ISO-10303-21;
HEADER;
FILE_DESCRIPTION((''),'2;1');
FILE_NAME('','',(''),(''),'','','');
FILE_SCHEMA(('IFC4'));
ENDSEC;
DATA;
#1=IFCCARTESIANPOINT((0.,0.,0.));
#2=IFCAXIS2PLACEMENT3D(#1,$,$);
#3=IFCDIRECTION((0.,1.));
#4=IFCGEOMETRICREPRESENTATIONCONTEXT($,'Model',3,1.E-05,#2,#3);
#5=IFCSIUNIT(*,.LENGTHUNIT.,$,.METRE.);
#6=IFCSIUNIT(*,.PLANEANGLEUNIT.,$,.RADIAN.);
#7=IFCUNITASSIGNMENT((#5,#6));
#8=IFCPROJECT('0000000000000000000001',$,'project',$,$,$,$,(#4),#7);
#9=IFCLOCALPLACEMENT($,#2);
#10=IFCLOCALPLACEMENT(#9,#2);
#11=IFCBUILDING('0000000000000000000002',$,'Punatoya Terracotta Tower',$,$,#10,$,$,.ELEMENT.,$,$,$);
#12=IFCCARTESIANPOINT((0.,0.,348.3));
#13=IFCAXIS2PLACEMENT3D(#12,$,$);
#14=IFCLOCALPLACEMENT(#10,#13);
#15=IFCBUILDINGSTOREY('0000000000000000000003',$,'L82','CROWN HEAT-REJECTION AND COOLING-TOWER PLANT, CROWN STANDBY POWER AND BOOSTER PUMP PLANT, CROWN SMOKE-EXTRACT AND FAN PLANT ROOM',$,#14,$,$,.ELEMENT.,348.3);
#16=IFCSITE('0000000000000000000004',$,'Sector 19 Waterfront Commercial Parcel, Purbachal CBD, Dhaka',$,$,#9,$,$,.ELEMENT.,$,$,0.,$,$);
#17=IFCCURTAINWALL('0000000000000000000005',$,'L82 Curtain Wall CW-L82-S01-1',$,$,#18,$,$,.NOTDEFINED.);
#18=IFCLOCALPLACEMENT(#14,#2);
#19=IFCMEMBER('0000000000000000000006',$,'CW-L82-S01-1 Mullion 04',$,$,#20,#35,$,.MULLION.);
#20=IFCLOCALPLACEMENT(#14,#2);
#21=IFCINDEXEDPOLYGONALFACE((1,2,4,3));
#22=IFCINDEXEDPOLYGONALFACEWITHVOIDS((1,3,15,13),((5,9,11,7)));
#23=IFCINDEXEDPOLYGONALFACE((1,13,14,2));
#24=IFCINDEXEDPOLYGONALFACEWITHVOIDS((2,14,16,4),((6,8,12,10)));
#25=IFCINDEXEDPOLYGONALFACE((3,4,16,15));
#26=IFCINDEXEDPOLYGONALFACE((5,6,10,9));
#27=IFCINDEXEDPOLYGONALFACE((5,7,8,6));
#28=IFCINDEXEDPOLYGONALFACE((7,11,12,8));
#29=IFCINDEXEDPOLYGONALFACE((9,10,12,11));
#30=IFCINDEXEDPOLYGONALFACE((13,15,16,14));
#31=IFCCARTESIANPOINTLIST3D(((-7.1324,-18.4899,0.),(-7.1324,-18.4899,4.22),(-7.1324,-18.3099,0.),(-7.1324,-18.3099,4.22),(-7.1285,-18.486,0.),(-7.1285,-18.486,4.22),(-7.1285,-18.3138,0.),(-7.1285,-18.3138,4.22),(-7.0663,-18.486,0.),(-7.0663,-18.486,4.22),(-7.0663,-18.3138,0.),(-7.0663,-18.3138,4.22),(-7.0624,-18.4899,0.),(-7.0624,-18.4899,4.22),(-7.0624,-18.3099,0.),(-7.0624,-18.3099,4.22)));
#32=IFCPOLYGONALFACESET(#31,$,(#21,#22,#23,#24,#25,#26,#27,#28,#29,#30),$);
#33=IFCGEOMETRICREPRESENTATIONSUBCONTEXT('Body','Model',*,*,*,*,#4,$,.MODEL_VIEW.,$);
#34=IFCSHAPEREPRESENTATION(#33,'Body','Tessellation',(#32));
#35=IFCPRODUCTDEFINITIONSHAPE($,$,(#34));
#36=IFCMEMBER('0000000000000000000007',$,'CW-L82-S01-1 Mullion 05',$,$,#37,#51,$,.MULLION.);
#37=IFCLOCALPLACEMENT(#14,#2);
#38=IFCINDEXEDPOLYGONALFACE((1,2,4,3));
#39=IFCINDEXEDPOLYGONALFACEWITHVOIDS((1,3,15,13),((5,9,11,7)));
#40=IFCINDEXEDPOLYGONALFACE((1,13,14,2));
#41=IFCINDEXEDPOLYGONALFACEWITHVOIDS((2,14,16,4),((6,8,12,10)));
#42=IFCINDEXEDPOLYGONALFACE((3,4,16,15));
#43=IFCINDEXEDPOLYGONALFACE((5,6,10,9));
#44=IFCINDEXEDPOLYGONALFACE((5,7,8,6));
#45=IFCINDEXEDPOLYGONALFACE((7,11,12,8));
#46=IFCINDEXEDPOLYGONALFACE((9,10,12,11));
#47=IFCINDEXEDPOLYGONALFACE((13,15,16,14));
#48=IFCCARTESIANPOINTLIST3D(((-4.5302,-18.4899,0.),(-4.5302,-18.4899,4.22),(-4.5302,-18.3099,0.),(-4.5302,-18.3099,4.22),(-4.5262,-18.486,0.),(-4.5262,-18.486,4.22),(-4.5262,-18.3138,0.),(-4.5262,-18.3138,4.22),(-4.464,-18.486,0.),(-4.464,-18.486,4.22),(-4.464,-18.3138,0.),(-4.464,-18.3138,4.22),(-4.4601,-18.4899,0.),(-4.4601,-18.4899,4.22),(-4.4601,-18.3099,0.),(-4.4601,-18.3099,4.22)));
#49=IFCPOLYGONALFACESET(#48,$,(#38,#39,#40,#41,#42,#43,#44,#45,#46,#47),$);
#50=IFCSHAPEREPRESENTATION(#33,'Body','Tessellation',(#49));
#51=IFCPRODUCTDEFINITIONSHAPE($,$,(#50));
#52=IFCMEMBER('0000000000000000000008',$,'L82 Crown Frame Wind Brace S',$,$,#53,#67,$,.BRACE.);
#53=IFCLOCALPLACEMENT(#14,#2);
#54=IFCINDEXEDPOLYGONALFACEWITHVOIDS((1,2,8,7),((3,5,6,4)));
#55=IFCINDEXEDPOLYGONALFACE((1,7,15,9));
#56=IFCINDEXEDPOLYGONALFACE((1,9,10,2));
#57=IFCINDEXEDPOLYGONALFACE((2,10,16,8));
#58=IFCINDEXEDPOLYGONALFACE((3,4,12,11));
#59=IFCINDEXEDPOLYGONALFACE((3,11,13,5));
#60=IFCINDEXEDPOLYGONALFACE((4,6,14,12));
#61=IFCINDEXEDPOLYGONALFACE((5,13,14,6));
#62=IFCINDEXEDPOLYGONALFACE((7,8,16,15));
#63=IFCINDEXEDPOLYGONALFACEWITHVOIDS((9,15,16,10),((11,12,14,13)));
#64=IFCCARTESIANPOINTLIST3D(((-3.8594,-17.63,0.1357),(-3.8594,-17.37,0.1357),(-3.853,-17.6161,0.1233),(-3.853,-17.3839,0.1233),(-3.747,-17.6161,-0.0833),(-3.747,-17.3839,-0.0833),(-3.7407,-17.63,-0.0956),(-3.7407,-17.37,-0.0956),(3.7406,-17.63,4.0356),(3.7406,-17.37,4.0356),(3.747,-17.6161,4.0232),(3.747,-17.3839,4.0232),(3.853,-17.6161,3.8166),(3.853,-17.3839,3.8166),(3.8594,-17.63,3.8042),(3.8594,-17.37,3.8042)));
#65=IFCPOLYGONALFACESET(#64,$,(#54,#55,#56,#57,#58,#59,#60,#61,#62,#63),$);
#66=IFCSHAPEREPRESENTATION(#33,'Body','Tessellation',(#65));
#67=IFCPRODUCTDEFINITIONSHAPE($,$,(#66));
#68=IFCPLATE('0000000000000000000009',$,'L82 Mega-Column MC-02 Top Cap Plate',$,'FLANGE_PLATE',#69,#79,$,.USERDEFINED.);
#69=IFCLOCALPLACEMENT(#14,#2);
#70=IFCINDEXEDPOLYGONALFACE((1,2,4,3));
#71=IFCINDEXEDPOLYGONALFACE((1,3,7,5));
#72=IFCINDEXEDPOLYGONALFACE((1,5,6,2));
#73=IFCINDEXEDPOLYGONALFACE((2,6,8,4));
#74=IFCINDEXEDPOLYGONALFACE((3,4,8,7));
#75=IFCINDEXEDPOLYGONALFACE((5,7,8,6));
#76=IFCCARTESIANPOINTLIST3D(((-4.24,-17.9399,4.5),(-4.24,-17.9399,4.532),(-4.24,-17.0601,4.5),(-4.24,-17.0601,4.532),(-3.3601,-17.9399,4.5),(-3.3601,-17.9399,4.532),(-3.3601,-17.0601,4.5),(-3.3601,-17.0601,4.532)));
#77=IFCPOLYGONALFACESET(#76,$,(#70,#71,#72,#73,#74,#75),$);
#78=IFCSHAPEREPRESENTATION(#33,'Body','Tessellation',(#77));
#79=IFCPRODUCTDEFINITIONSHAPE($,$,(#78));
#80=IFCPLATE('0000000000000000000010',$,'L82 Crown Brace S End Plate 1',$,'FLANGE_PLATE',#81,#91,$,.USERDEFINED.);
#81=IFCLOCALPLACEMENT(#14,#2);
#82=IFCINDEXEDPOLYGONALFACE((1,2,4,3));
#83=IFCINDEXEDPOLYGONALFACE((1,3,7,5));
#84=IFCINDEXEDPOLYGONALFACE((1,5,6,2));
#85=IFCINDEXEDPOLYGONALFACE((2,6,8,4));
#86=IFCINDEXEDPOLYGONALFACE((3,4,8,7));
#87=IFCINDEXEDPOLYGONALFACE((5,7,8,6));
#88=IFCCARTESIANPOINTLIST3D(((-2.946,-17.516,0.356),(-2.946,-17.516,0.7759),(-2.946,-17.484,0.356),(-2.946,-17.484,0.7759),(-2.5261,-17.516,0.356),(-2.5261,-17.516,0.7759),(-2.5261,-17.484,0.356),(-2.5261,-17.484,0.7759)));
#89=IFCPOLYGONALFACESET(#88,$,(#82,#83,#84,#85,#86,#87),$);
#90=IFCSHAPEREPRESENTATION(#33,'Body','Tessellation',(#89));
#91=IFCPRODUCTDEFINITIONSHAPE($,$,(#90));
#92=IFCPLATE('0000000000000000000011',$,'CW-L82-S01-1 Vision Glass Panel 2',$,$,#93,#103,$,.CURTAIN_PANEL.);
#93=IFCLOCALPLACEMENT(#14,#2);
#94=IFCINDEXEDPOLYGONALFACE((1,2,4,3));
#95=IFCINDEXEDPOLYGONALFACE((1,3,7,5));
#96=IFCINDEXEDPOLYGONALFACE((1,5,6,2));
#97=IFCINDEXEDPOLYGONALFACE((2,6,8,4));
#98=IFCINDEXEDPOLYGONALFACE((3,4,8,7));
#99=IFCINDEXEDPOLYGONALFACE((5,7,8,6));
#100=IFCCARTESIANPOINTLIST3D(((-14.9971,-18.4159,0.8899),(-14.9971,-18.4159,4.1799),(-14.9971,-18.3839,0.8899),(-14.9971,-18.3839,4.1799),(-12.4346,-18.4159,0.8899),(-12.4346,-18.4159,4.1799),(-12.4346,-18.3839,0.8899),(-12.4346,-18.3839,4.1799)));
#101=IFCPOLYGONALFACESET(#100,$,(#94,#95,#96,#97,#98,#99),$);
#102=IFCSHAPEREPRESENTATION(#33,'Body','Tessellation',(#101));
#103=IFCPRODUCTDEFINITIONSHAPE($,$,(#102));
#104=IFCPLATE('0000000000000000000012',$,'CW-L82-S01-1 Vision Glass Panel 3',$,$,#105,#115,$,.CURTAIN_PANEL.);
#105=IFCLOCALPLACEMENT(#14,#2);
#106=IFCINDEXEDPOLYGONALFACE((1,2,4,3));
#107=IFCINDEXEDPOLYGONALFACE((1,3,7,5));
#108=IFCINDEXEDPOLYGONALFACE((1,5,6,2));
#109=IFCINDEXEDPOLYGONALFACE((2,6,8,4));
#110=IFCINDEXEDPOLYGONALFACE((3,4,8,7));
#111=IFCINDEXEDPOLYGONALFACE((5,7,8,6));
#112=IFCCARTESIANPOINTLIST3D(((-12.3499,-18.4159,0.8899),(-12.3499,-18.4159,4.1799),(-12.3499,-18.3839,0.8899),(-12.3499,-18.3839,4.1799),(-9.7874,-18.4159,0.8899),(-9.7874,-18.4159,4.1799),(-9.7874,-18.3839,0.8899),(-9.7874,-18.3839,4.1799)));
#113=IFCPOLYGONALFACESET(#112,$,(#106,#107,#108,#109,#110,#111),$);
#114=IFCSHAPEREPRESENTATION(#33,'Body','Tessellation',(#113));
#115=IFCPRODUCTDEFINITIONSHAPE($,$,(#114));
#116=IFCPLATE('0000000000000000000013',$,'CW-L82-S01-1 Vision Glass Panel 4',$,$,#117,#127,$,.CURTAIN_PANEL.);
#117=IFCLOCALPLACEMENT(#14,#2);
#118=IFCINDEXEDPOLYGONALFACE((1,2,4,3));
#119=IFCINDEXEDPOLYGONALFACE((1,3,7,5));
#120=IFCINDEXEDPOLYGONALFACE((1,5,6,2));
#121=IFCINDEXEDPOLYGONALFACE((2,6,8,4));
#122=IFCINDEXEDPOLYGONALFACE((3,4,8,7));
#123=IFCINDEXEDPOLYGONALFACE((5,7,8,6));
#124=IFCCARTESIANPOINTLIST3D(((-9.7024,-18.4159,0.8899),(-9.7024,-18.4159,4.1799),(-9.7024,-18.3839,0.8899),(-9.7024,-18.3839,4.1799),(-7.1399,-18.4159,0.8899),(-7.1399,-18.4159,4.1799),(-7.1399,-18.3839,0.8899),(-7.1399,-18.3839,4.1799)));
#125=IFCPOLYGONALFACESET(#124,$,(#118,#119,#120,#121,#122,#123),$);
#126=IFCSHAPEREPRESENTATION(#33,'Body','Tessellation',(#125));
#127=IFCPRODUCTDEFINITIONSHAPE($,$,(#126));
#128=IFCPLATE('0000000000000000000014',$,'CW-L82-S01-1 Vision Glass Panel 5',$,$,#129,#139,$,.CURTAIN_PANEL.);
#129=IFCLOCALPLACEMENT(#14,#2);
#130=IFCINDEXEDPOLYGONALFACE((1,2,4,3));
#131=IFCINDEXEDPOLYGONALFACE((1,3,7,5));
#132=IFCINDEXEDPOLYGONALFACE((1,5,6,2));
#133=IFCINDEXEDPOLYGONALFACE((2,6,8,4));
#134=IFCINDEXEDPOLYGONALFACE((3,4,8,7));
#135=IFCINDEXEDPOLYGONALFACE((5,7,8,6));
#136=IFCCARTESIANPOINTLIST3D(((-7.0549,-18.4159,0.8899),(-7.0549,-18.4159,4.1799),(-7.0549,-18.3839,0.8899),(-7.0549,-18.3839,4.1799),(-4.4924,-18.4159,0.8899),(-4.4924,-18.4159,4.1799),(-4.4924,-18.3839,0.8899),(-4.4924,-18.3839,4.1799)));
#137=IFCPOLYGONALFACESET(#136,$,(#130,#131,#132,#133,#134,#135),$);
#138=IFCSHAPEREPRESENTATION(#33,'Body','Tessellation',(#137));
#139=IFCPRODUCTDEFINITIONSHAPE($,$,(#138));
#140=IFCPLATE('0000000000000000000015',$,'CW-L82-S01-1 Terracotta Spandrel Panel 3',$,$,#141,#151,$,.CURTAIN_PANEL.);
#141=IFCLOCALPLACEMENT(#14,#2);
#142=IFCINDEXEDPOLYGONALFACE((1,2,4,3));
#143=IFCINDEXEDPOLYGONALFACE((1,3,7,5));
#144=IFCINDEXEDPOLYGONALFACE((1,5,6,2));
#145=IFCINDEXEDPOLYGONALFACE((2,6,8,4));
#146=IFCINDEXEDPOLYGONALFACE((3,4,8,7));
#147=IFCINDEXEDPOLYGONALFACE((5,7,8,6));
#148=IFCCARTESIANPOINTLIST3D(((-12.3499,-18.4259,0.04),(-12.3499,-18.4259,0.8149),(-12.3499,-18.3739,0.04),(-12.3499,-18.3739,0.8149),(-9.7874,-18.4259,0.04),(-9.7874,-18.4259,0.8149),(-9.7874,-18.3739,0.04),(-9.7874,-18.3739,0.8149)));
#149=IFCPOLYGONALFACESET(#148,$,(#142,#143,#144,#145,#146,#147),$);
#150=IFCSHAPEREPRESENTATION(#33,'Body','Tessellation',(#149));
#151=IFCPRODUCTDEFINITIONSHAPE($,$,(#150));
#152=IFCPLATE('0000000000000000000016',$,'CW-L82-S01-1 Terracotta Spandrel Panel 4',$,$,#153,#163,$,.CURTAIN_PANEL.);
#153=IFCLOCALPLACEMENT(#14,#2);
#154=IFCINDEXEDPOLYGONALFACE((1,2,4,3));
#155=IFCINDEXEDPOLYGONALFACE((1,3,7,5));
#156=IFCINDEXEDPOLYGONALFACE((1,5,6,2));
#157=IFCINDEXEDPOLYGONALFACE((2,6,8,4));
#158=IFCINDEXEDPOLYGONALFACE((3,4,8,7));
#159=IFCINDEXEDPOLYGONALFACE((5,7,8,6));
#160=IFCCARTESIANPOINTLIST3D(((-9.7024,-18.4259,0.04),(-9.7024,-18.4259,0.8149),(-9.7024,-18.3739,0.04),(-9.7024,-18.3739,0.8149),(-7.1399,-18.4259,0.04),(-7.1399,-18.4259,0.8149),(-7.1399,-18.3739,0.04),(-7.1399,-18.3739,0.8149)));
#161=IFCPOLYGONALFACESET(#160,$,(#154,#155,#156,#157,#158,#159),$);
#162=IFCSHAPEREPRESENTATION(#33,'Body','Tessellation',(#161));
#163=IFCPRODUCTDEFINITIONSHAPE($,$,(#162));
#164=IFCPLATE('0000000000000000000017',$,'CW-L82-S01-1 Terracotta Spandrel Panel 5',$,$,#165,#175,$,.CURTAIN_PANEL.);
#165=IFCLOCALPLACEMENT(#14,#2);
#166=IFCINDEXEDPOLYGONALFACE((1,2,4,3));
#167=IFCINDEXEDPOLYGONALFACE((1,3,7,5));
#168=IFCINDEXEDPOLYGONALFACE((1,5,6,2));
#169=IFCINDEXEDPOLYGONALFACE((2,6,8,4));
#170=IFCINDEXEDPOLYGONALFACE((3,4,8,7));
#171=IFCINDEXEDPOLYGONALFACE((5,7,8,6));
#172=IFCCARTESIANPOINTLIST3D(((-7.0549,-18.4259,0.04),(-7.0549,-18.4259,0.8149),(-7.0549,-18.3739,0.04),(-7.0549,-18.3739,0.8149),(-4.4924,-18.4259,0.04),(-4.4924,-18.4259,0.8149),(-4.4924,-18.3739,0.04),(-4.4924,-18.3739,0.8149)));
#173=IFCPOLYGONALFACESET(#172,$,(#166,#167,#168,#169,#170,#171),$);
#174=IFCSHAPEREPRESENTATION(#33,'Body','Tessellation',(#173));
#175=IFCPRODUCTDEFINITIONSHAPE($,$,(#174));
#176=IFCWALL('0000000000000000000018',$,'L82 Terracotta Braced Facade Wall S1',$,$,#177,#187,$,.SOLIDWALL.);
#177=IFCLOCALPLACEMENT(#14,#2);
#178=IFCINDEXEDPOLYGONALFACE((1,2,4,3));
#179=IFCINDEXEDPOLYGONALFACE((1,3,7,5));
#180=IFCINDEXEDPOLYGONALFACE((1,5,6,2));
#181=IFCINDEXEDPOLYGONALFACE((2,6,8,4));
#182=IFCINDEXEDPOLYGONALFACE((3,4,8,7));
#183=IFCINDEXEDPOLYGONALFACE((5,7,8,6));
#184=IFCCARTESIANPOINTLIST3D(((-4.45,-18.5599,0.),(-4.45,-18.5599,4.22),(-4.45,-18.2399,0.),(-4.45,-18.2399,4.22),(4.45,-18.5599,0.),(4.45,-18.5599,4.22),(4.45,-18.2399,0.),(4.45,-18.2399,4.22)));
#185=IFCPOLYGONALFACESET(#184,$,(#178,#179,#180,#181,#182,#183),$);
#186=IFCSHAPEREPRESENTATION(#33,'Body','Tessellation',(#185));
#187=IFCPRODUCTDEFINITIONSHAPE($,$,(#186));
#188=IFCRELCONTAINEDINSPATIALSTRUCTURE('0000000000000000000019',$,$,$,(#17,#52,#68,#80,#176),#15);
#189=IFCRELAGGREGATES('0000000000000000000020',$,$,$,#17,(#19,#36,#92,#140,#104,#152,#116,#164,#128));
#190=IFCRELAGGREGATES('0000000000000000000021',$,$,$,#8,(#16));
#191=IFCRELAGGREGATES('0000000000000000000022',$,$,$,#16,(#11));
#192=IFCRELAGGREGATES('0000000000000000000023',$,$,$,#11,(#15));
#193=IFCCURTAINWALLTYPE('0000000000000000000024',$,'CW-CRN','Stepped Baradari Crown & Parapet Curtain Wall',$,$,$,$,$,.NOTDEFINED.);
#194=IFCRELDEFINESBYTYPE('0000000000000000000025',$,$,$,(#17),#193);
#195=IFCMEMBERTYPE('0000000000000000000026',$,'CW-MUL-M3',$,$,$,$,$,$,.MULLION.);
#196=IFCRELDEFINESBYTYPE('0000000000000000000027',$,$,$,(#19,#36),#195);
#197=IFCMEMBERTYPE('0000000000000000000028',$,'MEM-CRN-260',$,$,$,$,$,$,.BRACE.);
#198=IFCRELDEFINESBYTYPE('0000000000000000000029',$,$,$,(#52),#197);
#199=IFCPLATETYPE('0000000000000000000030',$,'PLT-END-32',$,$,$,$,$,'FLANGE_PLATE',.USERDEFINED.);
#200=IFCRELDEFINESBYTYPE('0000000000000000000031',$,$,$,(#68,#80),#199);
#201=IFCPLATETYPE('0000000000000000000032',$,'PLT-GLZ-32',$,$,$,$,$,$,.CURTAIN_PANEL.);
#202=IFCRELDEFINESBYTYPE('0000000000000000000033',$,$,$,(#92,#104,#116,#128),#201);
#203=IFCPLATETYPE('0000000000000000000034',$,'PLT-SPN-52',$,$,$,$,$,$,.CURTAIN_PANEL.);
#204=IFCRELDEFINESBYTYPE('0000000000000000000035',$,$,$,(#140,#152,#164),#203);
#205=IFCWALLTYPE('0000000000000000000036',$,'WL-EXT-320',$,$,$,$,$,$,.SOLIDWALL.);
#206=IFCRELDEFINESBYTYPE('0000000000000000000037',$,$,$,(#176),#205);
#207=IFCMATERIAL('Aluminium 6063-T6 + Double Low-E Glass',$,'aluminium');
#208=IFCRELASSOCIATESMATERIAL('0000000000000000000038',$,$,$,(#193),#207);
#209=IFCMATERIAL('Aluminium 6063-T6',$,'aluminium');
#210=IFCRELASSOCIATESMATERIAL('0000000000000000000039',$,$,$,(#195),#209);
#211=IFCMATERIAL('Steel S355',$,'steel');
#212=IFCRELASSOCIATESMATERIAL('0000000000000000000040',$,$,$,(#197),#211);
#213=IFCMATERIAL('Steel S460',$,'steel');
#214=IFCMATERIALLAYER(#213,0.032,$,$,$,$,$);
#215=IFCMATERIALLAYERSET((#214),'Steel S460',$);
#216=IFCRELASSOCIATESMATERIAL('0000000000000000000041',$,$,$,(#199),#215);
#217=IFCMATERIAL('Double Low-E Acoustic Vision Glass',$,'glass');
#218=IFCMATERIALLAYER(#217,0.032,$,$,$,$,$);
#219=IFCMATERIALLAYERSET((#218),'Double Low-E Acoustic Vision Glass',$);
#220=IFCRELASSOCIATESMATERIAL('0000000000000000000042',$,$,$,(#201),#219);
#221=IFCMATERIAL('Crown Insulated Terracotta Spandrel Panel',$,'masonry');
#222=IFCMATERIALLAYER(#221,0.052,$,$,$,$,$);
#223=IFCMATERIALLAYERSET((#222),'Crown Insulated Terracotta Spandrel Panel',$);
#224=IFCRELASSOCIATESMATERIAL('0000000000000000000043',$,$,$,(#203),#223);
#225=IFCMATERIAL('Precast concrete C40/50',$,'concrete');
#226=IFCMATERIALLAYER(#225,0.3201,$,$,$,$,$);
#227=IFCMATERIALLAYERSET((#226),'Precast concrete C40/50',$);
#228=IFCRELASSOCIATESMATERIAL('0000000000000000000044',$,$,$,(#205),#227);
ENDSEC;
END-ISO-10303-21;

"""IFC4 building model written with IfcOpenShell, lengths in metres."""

from ifc_helpers import new_model, si_unit, direction, frame, frame_2d, origin, origin_2d, place, context, subcontext, project, spatial, rectangle, hollow_rectangle, extrude, material, layer, layer_set, material_profile, profile_set, type_object, element, aggregate, save


model = new_model("IFC4")

# Units and contexts
model_context = context("Model", 3, precision=1e-05, world=origin(), true_north=direction((0.0, 1.0)))
body_context = subcontext(model_context, "Body", "Model", "MODEL_VIEW")
ifc_project = project(units=[si_unit("LENGTHUNIT", "METRE"), si_unit("PLANEANGLEUNIT", "RADIAN")], contexts=[model_context])

# Site, building, storey
site_placement = place(None, origin())
site = spatial("IfcSite", under=ifc_project, at=site_placement, Name="Sector 19 Waterfront Commercial Parcel, Purbachal CBD, Dhaka", CompositionType="ELEMENT", RefElevation=0.0)
building_placement = place(site_placement, origin())
building = spatial("IfcBuilding", under=site, at=building_placement, Name="Punatoya Terracotta Tower", CompositionType="ELEMENT")
storey_placement = place(building_placement, frame((0.0, 0.0, 348.3)))
storey = spatial("IfcBuildingStorey", under=building, at=storey_placement, Name="L82", Description="CROWN HEAT-REJECTION AND COOLING-TOWER PLANT, CROWN STANDBY POWER AND BOOSTER PUMP PLANT, CROWN SMOKE-EXTRACT AND FAN PLANT ROOM", CompositionType="ELEMENT", Elevation=348.3)

# Shared definitions
ifc_material_1 = material(Name="Steel S460", Category="steel")

# Curtain wall, members
ifc_material_2 = material(Name="Aluminium 6063-T6 + Double Low-E Glass", Category="aluminium")
curtain_wall_type = type_object("IfcCurtainWallType", Name="CW-CRN", Description="Stepped Baradari Crown & Parapet Curtain Wall", PredefinedType="NOTDEFINED", material=ifc_material_2)
curtain_wall_placement = place(storey_placement, origin())
curtain_wall = element("IfcCurtainWall", 1, at=curtain_wall_placement, inside=storey, type_object=curtain_wall_type, Name="L82 Curtain Wall CW-L82-S01-1", PredefinedType="NOTDEFINED")
ifc_material_3 = material(Name="Aluminium 6063-T6", Category="aluminium")
ifc_material_profile_1 = material_profile(ifc_material_3, hollow_rectangle(XDim=0.0701, YDim=0.1799, WallThickness=0.0039, at=origin_2d()))
ifc_profile_set_1 = profile_set([ifc_material_profile_1], Name="Aluminium 6063-T6")
member_type_1 = type_object("IfcMemberType", Name="CW-MUL-M3", PredefinedType="MULLION", material=ifc_profile_set_1)
member_1_placement = place(storey_placement, frame((-7.0974, -18.3999, 0.0), z_axis=(0.0, 0.0, 1.0), x_axis=(1.0, 0.0, 0.0)))
member_1 = element("IfcMember", 2, at=member_1_placement, type_object=member_type_1, Name="CW-L82-S01-1 Mullion 04", PredefinedType="MULLION", context=body_context, shape_type="SweptSolid", body=[
    extrude(hollow_rectangle(XDim=0.0701, YDim=0.1799, WallThickness=0.0039, at=origin_2d()), origin(), (0.0, 0.0, 1.0), 4.22),
])
member_2_placement = place(storey_placement, frame((-4.4951, -18.3999, 0.0), z_axis=(0.0, 0.0, 1.0), x_axis=(1.0, 0.0, 0.0)))
member_2 = element("IfcMember", 3, at=member_2_placement, type_object=member_type_1, Name="CW-L82-S01-1 Mullion 05", PredefinedType="MULLION", context=body_context, shape_type="SweptSolid", body=[
    extrude(hollow_rectangle(XDim=0.0701, YDim=0.1799, WallThickness=0.0039, at=origin_2d()), origin(), (0.0, 0.0, 1.0), 4.22),
])

# Member
ifc_material_4 = material(Name="Steel S355", Category="steel")
ifc_material_profile_2 = material_profile(ifc_material_4, hollow_rectangle(XDim=0.26, YDim=0.26, WallThickness=0.0139, at=origin_2d()))
ifc_profile_set_2 = profile_set([ifc_material_profile_2], Name="Steel S355")
member_type_2 = type_object("IfcMemberType", Name="MEM-CRN-260", PredefinedType="BRACE", material=ifc_profile_set_2)
member_3_placement = place(storey_placement, frame((-3.8, -17.5, 0.02), z_axis=(0.889703, 0.0, 0.456541), x_axis=(0.0, 1.0, 0.0)))
element("IfcMember", 4, at=member_3_placement, inside=storey, type_object=member_type_2, Name="L82 Crown Frame Wind Brace S", PredefinedType="BRACE", context=body_context, shape_type="SweptSolid", body=[
    extrude(hollow_rectangle(XDim=0.26, YDim=0.26, WallThickness=0.0139, at=origin_2d()), origin(), (0.0, 0.0, 1.0), 8.5422),
])

# Plates
ifc_layer_1 = layer(ifc_material_1, 0.032)
ifc_layer_set_1 = layer_set([ifc_layer_1], Name="Steel S460")
plate_type_1 = type_object("IfcPlateType", Name="PLT-END-32", ElementType="FLANGE_PLATE", PredefinedType="USERDEFINED", material=ifc_layer_set_1)
plate_1_placement = place(storey_placement, frame((-3.8, -17.5, 4.5), z_axis=(0.0, 0.0, 1.0), x_axis=(1.0, 0.0, 0.0)))
element("IfcPlate", 5, at=plate_1_placement, inside=storey, type_object=plate_type_1, Name="L82 Mega-Column MC-02 Top Cap Plate", ObjectType="FLANGE_PLATE", PredefinedType="USERDEFINED", context=body_context, shape_type="SweptSolid", body=[
    extrude(rectangle(XDim=0.8799, YDim=0.8799, at=origin_2d()), origin(), (0.0, 0.0, 1.0), 0.032),
])
plate_2_placement = place(storey_placement, frame((-2.7361, -17.5, 0.356), z_axis=(0.0, 0.0, 1.0), x_axis=(1.0, 0.0, 0.0)))
element("IfcPlate", 6, at=plate_2_placement, inside=storey, type_object=plate_type_1, Name="L82 Crown Brace S End Plate 1", ObjectType="FLANGE_PLATE", PredefinedType="USERDEFINED", context=body_context, shape_type="SweptSolid", body=[
    extrude(rectangle(XDim=0.4199, YDim=0.032, at=origin_2d()), origin(), (0.0, 0.0, 1.0), 0.4199),
])

# Plates
ifc_material_5 = material(Name="Double Low-E Acoustic Vision Glass", Category="glass")
ifc_layer_2 = layer(ifc_material_5, 0.032)
ifc_layer_set_2 = layer_set([ifc_layer_2], Name="Double Low-E Acoustic Vision Glass")
plate_type_2 = type_object("IfcPlateType", Name="PLT-GLZ-32", PredefinedType="CURTAIN_PANEL", material=ifc_layer_set_2)
plate_3_placement = place(storey_placement, frame((-13.7158, -18.3999, 0.8899), z_axis=(0.0, 0.0, 1.0), x_axis=(1.0, 0.0, 0.0)))
plate_3 = element("IfcPlate", 7, at=plate_3_placement, type_object=plate_type_2, Name="CW-L82-S01-1 Vision Glass Panel 2", PredefinedType="CURTAIN_PANEL", context=body_context, shape_type="SweptSolid", body=[
    extrude(rectangle(XDim=2.5625, YDim=0.032, at=origin_2d()), origin(), (0.0, 0.0, 1.0), 3.29),
])
plate_4_placement = place(storey_placement, frame((-11.0686, -18.3999, 0.8899), z_axis=(0.0, 0.0, 1.0), x_axis=(1.0, 0.0, 0.0)))
plate_4 = element("IfcPlate", 8, at=plate_4_placement, type_object=plate_type_2, Name="CW-L82-S01-1 Vision Glass Panel 3", PredefinedType="CURTAIN_PANEL", context=body_context, shape_type="SweptSolid", body=[
    extrude(rectangle(XDim=2.5625, YDim=0.032, at=origin_2d()), origin(), (0.0, 0.0, 1.0), 3.29),
])
plate_5_placement = place(storey_placement, frame((-8.4211, -18.3999, 0.8899), z_axis=(0.0, 0.0, 1.0), x_axis=(1.0, 0.0, 0.0)))
plate_5 = element("IfcPlate", 9, at=plate_5_placement, type_object=plate_type_2, Name="CW-L82-S01-1 Vision Glass Panel 4", PredefinedType="CURTAIN_PANEL", context=body_context, shape_type="SweptSolid", body=[
    extrude(rectangle(XDim=2.5625, YDim=0.032, at=origin_2d()), origin(), (0.0, 0.0, 1.0), 3.29),
])
plate_6_placement = place(storey_placement, frame((-5.7737, -18.3999, 0.8899), z_axis=(0.0, 0.0, 1.0), x_axis=(1.0, 0.0, 0.0)))
plate_6 = element("IfcPlate", 10, at=plate_6_placement, type_object=plate_type_2, Name="CW-L82-S01-1 Vision Glass Panel 5", PredefinedType="CURTAIN_PANEL", context=body_context, shape_type="SweptSolid", body=[
    extrude(rectangle(XDim=2.5625, YDim=0.032, at=origin_2d()), origin(), (0.0, 0.0, 1.0), 3.29),
])
ifc_material_6 = material(Name="Crown Insulated Terracotta Spandrel Panel", Category="masonry")
ifc_layer_3 = layer(ifc_material_6, 0.052)
ifc_layer_set_3 = layer_set([ifc_layer_3], Name="Crown Insulated Terracotta Spandrel Panel")
plate_type_3 = type_object("IfcPlateType", Name="PLT-SPN-52", PredefinedType="CURTAIN_PANEL", material=ifc_layer_set_3)
plate_7_placement = place(storey_placement, frame((-11.0686, -18.3999, 0.04), z_axis=(0.0, 0.0, 1.0), x_axis=(1.0, 0.0, 0.0)))
plate_7 = element("IfcPlate", 11, at=plate_7_placement, type_object=plate_type_3, Name="CW-L82-S01-1 Terracotta Spandrel Panel 3", PredefinedType="CURTAIN_PANEL", context=body_context, shape_type="SweptSolid", body=[
    extrude(rectangle(XDim=2.5625, YDim=0.052, at=origin_2d()), origin(), (0.0, 0.0, 1.0), 0.7749),
])
plate_8_placement = place(storey_placement, frame((-8.4211, -18.3999, 0.04), z_axis=(0.0, 0.0, 1.0), x_axis=(1.0, 0.0, 0.0)))
plate_8 = element("IfcPlate", 12, at=plate_8_placement, type_object=plate_type_3, Name="CW-L82-S01-1 Terracotta Spandrel Panel 4", PredefinedType="CURTAIN_PANEL", context=body_context, shape_type="SweptSolid", body=[
    extrude(rectangle(XDim=2.5625, YDim=0.052, at=origin_2d()), origin(), (0.0, 0.0, 1.0), 0.7749),
])
plate_9_placement = place(storey_placement, frame((-5.7737, -18.3999, 0.04), z_axis=(0.0, 0.0, 1.0), x_axis=(1.0, 0.0, 0.0)))
plate_9 = element("IfcPlate", 13, at=plate_9_placement, type_object=plate_type_3, Name="CW-L82-S01-1 Terracotta Spandrel Panel 5", PredefinedType="CURTAIN_PANEL", context=body_context, shape_type="SweptSolid", body=[
    extrude(rectangle(XDim=2.5625, YDim=0.052, at=origin_2d()), origin(), (0.0, 0.0, 1.0), 0.7749),
])
aggregate(curtain_wall, [member_1, member_2, plate_3, plate_7, plate_4, plate_8, plate_5, plate_9, plate_6])

# Wall
ifc_material_7 = material(Name="Precast concrete C40/50", Category="concrete")
ifc_layer_4 = layer(ifc_material_7, 0.3201)
ifc_layer_set_4 = layer_set([ifc_layer_4], Name="Precast concrete C40/50")
wall_type_1 = type_object("IfcWallType", Name="WL-EXT-320", PredefinedType="SOLIDWALL", material=ifc_layer_set_4)
wall_1_placement = place(storey_placement, frame((-4.45, -18.3999, 0.0), z_axis=(0.0, 0.0, 1.0), x_axis=(1.0, 0.0, 0.0)))
element("IfcWall", 14, at=wall_1_placement, inside=storey, type_object=wall_type_1, Name="L82 Terracotta Braced Facade Wall S1", PredefinedType="SOLIDWALL", context=body_context, shape_type="SweptSolid", body=[
    extrude(rectangle(XDim=8.8999, YDim=0.3201, at=frame_2d((4.45, 0.0))), origin(), (0.0, 0.0, 1.0), 4.22),
])

save(model, "model.ifc")
